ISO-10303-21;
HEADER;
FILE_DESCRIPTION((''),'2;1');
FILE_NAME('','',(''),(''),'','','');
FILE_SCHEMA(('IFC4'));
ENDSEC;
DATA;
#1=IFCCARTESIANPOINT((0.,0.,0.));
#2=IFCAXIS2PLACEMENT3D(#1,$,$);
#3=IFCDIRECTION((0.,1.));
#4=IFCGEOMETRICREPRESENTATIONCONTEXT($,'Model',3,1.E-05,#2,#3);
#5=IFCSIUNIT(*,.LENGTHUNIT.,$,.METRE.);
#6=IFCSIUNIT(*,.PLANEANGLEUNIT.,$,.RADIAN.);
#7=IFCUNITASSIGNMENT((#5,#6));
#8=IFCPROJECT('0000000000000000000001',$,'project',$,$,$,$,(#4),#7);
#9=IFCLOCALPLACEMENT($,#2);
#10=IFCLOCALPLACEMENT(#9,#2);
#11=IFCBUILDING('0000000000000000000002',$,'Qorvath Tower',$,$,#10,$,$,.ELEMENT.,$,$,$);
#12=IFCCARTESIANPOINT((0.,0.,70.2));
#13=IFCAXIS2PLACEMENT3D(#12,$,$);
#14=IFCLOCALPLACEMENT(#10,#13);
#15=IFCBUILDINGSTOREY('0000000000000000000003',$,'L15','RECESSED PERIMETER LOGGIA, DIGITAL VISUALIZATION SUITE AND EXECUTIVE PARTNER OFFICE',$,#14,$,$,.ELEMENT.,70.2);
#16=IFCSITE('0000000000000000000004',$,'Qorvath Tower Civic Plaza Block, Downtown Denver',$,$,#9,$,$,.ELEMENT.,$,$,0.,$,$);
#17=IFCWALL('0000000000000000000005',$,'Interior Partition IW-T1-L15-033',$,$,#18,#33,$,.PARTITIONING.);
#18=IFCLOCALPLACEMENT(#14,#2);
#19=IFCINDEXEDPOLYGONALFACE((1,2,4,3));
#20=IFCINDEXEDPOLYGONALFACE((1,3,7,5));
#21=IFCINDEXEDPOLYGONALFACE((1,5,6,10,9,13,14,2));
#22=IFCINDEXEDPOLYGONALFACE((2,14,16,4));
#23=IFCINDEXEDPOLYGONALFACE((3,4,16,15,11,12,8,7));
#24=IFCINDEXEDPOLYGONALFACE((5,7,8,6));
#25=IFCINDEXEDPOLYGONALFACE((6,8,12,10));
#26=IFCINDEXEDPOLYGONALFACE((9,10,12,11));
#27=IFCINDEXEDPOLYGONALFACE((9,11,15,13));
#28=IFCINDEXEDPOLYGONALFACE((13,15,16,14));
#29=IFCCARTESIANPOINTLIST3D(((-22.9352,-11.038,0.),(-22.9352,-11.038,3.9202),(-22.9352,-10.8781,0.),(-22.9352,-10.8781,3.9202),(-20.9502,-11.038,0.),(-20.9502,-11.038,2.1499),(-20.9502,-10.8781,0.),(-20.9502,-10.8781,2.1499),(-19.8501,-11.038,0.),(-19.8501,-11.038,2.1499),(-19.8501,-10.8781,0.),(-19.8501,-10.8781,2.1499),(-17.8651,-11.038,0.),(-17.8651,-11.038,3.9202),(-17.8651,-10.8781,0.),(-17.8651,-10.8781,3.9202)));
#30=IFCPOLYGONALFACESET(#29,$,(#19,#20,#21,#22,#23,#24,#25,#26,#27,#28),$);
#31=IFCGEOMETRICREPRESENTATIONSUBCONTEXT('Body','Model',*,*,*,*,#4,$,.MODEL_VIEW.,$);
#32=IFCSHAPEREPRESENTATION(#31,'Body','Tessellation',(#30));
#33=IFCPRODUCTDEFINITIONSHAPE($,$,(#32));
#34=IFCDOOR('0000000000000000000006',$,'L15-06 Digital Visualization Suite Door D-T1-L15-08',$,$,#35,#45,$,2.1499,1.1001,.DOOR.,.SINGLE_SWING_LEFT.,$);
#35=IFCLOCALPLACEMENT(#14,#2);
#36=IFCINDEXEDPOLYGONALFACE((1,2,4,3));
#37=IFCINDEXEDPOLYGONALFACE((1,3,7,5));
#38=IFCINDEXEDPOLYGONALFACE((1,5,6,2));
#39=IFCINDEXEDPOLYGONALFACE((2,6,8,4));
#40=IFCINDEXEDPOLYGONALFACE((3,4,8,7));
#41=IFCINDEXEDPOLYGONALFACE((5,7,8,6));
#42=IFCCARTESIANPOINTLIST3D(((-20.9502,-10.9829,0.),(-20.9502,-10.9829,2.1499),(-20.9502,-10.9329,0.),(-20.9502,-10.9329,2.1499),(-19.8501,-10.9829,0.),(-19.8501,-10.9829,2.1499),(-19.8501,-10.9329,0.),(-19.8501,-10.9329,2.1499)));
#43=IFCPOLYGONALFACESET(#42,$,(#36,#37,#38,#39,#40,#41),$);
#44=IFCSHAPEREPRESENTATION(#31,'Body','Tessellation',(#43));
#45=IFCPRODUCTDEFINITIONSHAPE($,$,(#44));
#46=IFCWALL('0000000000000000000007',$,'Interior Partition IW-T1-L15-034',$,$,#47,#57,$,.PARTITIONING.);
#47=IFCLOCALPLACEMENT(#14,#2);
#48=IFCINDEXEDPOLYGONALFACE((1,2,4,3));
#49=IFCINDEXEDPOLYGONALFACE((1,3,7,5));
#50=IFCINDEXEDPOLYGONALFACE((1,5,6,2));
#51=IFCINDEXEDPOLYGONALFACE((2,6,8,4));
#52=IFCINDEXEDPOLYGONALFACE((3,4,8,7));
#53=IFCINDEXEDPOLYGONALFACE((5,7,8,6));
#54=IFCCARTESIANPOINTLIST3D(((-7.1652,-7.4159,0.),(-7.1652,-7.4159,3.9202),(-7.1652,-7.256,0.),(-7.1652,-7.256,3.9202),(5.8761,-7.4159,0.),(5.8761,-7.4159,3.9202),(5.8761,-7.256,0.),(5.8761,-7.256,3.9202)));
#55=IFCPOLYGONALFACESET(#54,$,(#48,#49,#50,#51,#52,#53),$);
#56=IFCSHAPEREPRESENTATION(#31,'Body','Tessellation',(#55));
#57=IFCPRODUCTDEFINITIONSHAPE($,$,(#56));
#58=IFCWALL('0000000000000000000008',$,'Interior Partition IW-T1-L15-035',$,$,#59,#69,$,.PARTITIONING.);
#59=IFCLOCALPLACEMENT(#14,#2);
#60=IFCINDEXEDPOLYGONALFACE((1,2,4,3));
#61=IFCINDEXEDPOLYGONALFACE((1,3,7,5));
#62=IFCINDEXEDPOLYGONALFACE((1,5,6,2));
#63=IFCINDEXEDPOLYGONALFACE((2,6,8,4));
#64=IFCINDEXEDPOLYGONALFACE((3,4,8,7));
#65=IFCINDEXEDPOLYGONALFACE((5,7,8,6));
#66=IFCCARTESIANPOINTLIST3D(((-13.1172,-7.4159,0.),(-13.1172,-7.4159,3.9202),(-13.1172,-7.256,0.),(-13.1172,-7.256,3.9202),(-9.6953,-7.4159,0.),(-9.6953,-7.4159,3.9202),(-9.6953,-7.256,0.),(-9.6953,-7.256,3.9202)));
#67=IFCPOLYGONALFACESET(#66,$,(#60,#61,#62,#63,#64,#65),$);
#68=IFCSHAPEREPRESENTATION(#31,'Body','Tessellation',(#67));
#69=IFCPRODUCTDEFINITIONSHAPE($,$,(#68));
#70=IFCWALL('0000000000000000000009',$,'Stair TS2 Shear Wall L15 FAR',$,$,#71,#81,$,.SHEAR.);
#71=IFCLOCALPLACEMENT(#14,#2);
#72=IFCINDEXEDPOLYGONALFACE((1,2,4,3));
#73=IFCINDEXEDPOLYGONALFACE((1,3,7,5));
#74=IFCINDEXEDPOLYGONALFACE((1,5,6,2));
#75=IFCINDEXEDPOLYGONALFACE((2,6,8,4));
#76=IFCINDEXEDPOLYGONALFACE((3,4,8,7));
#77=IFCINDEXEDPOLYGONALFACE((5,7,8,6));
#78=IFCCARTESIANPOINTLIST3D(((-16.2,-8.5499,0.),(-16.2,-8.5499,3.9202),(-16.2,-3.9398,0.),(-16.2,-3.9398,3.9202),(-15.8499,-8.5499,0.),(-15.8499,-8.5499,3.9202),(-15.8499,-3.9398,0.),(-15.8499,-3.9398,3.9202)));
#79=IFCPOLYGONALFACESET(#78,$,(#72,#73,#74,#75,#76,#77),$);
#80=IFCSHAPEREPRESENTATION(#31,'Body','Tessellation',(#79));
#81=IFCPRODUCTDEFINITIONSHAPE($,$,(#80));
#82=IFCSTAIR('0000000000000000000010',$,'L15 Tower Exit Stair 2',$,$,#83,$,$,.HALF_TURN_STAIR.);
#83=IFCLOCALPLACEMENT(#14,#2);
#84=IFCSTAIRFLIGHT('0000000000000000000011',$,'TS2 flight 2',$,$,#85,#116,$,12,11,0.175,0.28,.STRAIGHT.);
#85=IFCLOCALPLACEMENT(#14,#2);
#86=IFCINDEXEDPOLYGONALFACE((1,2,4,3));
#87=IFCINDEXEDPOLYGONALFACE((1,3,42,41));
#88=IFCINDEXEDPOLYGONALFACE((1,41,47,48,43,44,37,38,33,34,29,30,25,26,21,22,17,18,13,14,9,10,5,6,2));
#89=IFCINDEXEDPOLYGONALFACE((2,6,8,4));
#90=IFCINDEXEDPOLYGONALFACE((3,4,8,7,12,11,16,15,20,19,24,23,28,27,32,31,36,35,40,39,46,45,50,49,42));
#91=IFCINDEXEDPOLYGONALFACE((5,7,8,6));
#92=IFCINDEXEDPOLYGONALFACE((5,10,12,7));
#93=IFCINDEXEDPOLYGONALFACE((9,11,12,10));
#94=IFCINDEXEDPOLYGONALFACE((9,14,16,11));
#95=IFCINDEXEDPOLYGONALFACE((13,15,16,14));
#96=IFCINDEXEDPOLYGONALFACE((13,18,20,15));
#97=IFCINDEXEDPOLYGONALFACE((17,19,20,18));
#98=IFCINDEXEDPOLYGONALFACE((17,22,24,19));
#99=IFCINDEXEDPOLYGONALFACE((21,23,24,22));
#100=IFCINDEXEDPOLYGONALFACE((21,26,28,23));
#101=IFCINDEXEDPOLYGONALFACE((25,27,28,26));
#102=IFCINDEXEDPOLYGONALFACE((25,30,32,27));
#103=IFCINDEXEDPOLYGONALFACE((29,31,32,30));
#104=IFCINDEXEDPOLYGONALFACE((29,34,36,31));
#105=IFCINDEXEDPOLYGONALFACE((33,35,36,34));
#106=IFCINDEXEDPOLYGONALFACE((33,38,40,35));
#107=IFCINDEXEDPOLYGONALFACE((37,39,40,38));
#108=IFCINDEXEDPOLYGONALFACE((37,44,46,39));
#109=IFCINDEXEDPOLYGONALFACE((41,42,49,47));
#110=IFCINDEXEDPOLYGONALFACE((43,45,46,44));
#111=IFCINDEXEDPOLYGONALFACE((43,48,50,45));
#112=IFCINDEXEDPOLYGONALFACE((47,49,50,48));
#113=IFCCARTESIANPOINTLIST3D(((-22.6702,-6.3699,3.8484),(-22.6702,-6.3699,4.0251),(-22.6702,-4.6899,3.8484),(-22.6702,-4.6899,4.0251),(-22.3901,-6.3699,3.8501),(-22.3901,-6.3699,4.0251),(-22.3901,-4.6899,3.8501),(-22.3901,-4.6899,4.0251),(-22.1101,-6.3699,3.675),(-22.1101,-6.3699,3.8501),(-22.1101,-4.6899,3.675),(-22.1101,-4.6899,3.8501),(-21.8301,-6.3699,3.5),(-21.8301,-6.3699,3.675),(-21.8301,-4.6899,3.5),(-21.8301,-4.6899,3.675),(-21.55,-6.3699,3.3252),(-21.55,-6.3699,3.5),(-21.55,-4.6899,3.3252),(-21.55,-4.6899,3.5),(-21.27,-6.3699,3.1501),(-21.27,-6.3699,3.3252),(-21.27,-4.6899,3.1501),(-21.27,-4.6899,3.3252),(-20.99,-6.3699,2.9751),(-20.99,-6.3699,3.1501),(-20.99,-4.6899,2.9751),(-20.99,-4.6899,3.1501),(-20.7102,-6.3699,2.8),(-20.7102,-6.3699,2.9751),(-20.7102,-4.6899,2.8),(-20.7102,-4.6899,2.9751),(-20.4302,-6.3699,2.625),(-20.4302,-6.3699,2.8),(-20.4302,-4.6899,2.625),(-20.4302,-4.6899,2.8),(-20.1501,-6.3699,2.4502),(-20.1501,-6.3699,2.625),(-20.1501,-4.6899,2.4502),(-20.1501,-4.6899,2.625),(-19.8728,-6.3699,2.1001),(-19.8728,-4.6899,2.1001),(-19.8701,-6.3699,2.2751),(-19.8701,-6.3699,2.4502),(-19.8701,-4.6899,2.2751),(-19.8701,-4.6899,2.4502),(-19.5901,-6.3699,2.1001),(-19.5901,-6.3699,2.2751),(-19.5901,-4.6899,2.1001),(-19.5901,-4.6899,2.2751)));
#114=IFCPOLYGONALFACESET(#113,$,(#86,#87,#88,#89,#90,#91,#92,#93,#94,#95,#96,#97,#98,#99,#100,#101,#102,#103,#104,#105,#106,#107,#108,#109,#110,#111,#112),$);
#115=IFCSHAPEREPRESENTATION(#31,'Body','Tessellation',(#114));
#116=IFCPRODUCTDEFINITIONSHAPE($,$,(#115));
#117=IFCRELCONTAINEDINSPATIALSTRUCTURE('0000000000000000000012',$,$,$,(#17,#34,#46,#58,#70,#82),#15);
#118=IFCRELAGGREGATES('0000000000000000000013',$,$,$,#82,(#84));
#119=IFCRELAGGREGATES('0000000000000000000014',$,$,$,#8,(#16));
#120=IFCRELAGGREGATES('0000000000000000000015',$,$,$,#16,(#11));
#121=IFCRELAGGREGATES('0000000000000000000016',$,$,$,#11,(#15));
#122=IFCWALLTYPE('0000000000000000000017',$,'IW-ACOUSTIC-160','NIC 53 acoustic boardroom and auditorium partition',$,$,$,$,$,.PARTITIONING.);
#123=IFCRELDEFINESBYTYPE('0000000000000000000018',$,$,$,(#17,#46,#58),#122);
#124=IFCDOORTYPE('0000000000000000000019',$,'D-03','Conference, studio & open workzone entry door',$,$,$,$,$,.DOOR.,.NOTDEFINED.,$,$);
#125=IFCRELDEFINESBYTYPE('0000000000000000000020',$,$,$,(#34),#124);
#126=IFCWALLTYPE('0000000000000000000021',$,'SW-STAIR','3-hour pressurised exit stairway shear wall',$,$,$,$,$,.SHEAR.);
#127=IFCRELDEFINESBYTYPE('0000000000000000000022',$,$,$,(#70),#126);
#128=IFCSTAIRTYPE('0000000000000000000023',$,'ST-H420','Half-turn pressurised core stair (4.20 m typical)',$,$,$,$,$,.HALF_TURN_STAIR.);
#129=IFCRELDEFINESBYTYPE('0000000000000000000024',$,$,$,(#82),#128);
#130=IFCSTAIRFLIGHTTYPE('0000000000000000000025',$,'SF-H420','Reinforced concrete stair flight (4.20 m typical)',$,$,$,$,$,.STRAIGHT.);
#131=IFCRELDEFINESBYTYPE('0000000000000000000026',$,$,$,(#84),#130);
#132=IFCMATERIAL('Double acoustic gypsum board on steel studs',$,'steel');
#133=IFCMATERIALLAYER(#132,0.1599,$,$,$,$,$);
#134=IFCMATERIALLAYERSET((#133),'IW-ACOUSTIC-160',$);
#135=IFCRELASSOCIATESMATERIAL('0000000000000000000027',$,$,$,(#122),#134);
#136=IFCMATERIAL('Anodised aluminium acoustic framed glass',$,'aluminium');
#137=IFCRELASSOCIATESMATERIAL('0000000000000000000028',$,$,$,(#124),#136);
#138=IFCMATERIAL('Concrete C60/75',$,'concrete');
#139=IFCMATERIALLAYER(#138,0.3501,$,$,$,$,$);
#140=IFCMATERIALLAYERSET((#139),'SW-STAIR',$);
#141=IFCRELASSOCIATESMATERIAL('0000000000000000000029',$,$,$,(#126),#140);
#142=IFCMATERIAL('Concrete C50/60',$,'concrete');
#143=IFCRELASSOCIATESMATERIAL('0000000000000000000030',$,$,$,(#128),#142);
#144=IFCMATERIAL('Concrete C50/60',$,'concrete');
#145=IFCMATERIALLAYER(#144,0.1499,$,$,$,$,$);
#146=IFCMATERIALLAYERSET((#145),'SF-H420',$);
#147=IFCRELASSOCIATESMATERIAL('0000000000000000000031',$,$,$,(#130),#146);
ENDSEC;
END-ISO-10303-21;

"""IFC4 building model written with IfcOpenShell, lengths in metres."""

from ifc_helpers import new_model, si_unit, direction, frame, frame_2d, origin, place, context, subcontext, project, spatial, polyline, rectangle, outline, extrude, material, layer, layer_set, type_object, element, fill, aggregate, save


model = new_model("IFC4")

# Units and contexts
model_context = context("Model", 3, precision=1e-05, world=origin(), true_north=direction((0.0, 1.0)))
body_context = subcontext(model_context, "Body", "Model", "MODEL_VIEW")
ifc_project = project(units=[si_unit("LENGTHUNIT", "METRE"), si_unit("PLANEANGLEUNIT", "RADIAN")], contexts=[model_context])

# Site, building, storey
site_placement = place(None, origin())
site = spatial("IfcSite", under=ifc_project, at=site_placement, Name="Qorvath Tower Civic Plaza Block, Downtown Denver", CompositionType="ELEMENT", RefElevation=0.0)
building_placement = place(site_placement, origin())
building = spatial("IfcBuilding", under=site, at=building_placement, Name="Qorvath Tower", CompositionType="ELEMENT")
storey_placement = place(building_placement, frame((0.0, 0.0, 70.2)))
storey = spatial("IfcBuildingStorey", under=building, at=storey_placement, Name="L15", Description="RECESSED PERIMETER LOGGIA, DIGITAL VISUALIZATION SUITE AND EXECUTIVE PARTNER OFFICE", CompositionType="ELEMENT", Elevation=70.2)

# Shared definitions
ifc_material_1 = material(Name="Double acoustic gypsum board on steel studs", Category="steel")
ifc_layer_1 = layer(ifc_material_1, 0.1599)
ifc_layer_set_1 = layer_set([ifc_layer_1], Name="IW-ACOUSTIC-160")
wall_type_1 = type_object("IfcWallType", Name="IW-ACOUSTIC-160", Description="NIC 53 acoustic boardroom and auditorium partition", PredefinedType="PARTITIONING", material=ifc_layer_set_1)

# Wall, opening, door
wall_1_placement = place(storey_placement, frame((-17.865, -10.958, 0.0), z_axis=(0.0, 0.0, 1.0), x_axis=(-1.0, 0.0, 0.0)))
wall_1 = element("IfcWall", 1, at=wall_1_placement, inside=storey, type_object=wall_type_1, Name="Interior Partition IW-T1-L15-033", PredefinedType="PARTITIONING", context=body_context, shape_type="SweptSolid", body=[
    extrude(rectangle(XDim=5.0701, YDim=0.1599, at=frame_2d((2.5352, 0.0))), origin(), (0.0, 0.0, 1.0), 3.9202),
])
opening_1_placement = place(wall_1_placement, frame((1.9851, 0.0, 0.0)))
opening_1 = element("IfcOpeningElement", 2, at=opening_1_placement, cuts=wall_1, PredefinedType="OPENING", context=body_context, shape_type="SweptSolid", body=[
    extrude(rectangle(XDim=1.1001, YDim=2.1499, at=frame_2d((0.55, 1.075))), frame((0.0, 0.0898, 0.0), z_axis=(0.0, -1.0, 0.0), x_axis=(1.0, 0.0, 0.0)), (0.0, 0.0, 1.0), 0.1799),
])
ifc_material_2 = material(Name="Anodised aluminium acoustic framed glass", Category="aluminium")
door_type = type_object("IfcDoorType", Name="D-03", Description="Conference, studio & open workzone entry door", OperationType="NOTDEFINED", PredefinedType="DOOR", material=ifc_material_2)
door_1_placement = place(opening_1_placement, origin())
door_1 = element("IfcDoor", 3, at=door_1_placement, inside=storey, type_object=door_type, Name="L15-06 Digital Visualization Suite Door D-T1-L15-08", OperationType="SINGLE_SWING_LEFT", OverallHeight=2.1499, OverallWidth=1.1001, PredefinedType="DOOR", context=body_context, shape_type="SweptSolid", body=[
    extrude(rectangle(XDim=1.1001, YDim=2.1499, at=frame_2d((0.55, 1.075))), frame((0.0, 0.0249, 0.0), z_axis=(0.0, -1.0, 0.0), x_axis=(1.0, 0.0, 0.0)), (0.0, 0.0, 1.0), 0.05),
])
fill(opening_1, door_1)

# Walls
wall_2_placement = place(storey_placement, frame((5.876, -7.3359, 0.0), z_axis=(0.0, 0.0, 1.0), x_axis=(-1.0, 0.0, 0.0)))
element("IfcWall", 4, at=wall_2_placement, inside=storey, type_object=wall_type_1, Name="Interior Partition IW-T1-L15-034", PredefinedType="PARTITIONING", context=body_context, shape_type="SweptSolid", body=[
    extrude(rectangle(XDim=13.0413, YDim=0.1599, at=frame_2d((6.5205, 0.0))), origin(), (0.0, 0.0, 1.0), 3.9202),
])
wall_3_placement = place(storey_placement, frame((-9.6953, -7.3359, 0.0), z_axis=(0.0, 0.0, 1.0), x_axis=(-1.0, 0.0, 0.0)))
element("IfcWall", 5, at=wall_3_placement, inside=storey, type_object=wall_type_1, Name="Interior Partition IW-T1-L15-035", PredefinedType="PARTITIONING", context=body_context, shape_type="SweptSolid", body=[
    extrude(rectangle(XDim=3.4219, YDim=0.1599, at=frame_2d((1.7109, 0.0))), origin(), (0.0, 0.0, 1.0), 3.9202),
])

# Wall
ifc_material_3 = material(Name="Concrete C60/75", Category="concrete")
ifc_layer_2 = layer(ifc_material_3, 0.3501)
ifc_layer_set_2 = layer_set([ifc_layer_2], Name="SW-STAIR")
wall_type_2 = type_object("IfcWallType", Name="SW-STAIR", Description="3-hour pressurised exit stairway shear wall", PredefinedType="SHEAR", material=ifc_layer_set_2)
wall_4_placement = place(storey_placement, frame((-16.0249, -8.55, 0.0), z_axis=(0.0, 0.0, 1.0), x_axis=(0.0, 1.0, 0.0)))
element("IfcWall", 6, at=wall_4_placement, inside=storey, type_object=wall_type_2, Name="Stair TS2 Shear Wall L15 FAR", PredefinedType="SHEAR", context=body_context, shape_type="SweptSolid", body=[
    extrude(rectangle(XDim=4.6101, YDim=0.3501, at=frame_2d((2.3052, 0.0))), origin(), (0.0, 0.0, 1.0), 3.9202),
])

# Stair, stair flight
ifc_material_4 = material(Name="Concrete C50/60", Category="concrete")
stair_type = type_object("IfcStairType", Name="ST-H420", Description="Half-turn pressurised core stair (4.20 m typical)", PredefinedType="HALF_TURN_STAIR", material=ifc_material_4)
stair_placement = place(storey_placement, origin())
stair = element("IfcStair", 7, at=stair_placement, inside=storey, type_object=stair_type, Name="L15 Tower Exit Stair 2", PredefinedType="HALF_TURN_STAIR")
ifc_material_5 = material(Name="Concrete C50/60", Category="concrete")
ifc_layer_3 = layer(ifc_material_5, 0.1499)
ifc_layer_set_3 = layer_set([ifc_layer_3], Name="SF-H420")
stair_flight_type = type_object("IfcStairFlightType", Name="SF-H420", Description="Reinforced concrete stair flight (4.20 m typical)", PredefinedType="STRAIGHT", material=ifc_layer_set_3)
stair_flight_placement = place(storey_placement, frame((-19.5901, -5.53, 2.1001), z_axis=(0.0, 0.0, 1.0), x_axis=(-1.0, 0.0, 0.0)))
stair_flight = element("IfcStairFlight", 8, at=stair_flight_placement, type_object=stair_flight_type, Name="TS2 flight 2", NumberOfRisers=12, NumberOfTreads=11, PredefinedType="STRAIGHT", RiserHeight=0.175, TreadLength=0.28, context=body_context, shape_type="SweptSolid", body=[
    extrude(outline(polyline([(0.0, 0.0), (0.0, 0.175), (0.28, 0.175), (0.28, 0.3501), (0.5601, 0.3501), (0.5601, 0.5249), (0.8401, 0.5249), (0.8401, 0.7), (1.1201, 0.7), (1.1201, 0.875), (1.3999, 0.875), (1.3999, 1.05), (1.6799, 1.05), (1.6799, 1.2251), (1.96, 1.2251), (1.96, 1.3999), (2.24, 1.3999), (2.24, 1.575), (2.52, 1.575), (2.52, 1.75), (2.8, 1.75), (2.8, 1.925), (3.0801, 1.925), (3.0801, 2.1001), (3.0801, 1.7483), (0.2827, 0.0), (0.0, 0.0)])), frame((0.0, 0.8398, 0.0), z_axis=(0.0, -1.0, 0.0), x_axis=(1.0, 0.0, 0.0)), (0.0, 0.0, 1.0), 1.6799),
])
aggregate(stair, [stair_flight])

save(model, "model.ifc")
